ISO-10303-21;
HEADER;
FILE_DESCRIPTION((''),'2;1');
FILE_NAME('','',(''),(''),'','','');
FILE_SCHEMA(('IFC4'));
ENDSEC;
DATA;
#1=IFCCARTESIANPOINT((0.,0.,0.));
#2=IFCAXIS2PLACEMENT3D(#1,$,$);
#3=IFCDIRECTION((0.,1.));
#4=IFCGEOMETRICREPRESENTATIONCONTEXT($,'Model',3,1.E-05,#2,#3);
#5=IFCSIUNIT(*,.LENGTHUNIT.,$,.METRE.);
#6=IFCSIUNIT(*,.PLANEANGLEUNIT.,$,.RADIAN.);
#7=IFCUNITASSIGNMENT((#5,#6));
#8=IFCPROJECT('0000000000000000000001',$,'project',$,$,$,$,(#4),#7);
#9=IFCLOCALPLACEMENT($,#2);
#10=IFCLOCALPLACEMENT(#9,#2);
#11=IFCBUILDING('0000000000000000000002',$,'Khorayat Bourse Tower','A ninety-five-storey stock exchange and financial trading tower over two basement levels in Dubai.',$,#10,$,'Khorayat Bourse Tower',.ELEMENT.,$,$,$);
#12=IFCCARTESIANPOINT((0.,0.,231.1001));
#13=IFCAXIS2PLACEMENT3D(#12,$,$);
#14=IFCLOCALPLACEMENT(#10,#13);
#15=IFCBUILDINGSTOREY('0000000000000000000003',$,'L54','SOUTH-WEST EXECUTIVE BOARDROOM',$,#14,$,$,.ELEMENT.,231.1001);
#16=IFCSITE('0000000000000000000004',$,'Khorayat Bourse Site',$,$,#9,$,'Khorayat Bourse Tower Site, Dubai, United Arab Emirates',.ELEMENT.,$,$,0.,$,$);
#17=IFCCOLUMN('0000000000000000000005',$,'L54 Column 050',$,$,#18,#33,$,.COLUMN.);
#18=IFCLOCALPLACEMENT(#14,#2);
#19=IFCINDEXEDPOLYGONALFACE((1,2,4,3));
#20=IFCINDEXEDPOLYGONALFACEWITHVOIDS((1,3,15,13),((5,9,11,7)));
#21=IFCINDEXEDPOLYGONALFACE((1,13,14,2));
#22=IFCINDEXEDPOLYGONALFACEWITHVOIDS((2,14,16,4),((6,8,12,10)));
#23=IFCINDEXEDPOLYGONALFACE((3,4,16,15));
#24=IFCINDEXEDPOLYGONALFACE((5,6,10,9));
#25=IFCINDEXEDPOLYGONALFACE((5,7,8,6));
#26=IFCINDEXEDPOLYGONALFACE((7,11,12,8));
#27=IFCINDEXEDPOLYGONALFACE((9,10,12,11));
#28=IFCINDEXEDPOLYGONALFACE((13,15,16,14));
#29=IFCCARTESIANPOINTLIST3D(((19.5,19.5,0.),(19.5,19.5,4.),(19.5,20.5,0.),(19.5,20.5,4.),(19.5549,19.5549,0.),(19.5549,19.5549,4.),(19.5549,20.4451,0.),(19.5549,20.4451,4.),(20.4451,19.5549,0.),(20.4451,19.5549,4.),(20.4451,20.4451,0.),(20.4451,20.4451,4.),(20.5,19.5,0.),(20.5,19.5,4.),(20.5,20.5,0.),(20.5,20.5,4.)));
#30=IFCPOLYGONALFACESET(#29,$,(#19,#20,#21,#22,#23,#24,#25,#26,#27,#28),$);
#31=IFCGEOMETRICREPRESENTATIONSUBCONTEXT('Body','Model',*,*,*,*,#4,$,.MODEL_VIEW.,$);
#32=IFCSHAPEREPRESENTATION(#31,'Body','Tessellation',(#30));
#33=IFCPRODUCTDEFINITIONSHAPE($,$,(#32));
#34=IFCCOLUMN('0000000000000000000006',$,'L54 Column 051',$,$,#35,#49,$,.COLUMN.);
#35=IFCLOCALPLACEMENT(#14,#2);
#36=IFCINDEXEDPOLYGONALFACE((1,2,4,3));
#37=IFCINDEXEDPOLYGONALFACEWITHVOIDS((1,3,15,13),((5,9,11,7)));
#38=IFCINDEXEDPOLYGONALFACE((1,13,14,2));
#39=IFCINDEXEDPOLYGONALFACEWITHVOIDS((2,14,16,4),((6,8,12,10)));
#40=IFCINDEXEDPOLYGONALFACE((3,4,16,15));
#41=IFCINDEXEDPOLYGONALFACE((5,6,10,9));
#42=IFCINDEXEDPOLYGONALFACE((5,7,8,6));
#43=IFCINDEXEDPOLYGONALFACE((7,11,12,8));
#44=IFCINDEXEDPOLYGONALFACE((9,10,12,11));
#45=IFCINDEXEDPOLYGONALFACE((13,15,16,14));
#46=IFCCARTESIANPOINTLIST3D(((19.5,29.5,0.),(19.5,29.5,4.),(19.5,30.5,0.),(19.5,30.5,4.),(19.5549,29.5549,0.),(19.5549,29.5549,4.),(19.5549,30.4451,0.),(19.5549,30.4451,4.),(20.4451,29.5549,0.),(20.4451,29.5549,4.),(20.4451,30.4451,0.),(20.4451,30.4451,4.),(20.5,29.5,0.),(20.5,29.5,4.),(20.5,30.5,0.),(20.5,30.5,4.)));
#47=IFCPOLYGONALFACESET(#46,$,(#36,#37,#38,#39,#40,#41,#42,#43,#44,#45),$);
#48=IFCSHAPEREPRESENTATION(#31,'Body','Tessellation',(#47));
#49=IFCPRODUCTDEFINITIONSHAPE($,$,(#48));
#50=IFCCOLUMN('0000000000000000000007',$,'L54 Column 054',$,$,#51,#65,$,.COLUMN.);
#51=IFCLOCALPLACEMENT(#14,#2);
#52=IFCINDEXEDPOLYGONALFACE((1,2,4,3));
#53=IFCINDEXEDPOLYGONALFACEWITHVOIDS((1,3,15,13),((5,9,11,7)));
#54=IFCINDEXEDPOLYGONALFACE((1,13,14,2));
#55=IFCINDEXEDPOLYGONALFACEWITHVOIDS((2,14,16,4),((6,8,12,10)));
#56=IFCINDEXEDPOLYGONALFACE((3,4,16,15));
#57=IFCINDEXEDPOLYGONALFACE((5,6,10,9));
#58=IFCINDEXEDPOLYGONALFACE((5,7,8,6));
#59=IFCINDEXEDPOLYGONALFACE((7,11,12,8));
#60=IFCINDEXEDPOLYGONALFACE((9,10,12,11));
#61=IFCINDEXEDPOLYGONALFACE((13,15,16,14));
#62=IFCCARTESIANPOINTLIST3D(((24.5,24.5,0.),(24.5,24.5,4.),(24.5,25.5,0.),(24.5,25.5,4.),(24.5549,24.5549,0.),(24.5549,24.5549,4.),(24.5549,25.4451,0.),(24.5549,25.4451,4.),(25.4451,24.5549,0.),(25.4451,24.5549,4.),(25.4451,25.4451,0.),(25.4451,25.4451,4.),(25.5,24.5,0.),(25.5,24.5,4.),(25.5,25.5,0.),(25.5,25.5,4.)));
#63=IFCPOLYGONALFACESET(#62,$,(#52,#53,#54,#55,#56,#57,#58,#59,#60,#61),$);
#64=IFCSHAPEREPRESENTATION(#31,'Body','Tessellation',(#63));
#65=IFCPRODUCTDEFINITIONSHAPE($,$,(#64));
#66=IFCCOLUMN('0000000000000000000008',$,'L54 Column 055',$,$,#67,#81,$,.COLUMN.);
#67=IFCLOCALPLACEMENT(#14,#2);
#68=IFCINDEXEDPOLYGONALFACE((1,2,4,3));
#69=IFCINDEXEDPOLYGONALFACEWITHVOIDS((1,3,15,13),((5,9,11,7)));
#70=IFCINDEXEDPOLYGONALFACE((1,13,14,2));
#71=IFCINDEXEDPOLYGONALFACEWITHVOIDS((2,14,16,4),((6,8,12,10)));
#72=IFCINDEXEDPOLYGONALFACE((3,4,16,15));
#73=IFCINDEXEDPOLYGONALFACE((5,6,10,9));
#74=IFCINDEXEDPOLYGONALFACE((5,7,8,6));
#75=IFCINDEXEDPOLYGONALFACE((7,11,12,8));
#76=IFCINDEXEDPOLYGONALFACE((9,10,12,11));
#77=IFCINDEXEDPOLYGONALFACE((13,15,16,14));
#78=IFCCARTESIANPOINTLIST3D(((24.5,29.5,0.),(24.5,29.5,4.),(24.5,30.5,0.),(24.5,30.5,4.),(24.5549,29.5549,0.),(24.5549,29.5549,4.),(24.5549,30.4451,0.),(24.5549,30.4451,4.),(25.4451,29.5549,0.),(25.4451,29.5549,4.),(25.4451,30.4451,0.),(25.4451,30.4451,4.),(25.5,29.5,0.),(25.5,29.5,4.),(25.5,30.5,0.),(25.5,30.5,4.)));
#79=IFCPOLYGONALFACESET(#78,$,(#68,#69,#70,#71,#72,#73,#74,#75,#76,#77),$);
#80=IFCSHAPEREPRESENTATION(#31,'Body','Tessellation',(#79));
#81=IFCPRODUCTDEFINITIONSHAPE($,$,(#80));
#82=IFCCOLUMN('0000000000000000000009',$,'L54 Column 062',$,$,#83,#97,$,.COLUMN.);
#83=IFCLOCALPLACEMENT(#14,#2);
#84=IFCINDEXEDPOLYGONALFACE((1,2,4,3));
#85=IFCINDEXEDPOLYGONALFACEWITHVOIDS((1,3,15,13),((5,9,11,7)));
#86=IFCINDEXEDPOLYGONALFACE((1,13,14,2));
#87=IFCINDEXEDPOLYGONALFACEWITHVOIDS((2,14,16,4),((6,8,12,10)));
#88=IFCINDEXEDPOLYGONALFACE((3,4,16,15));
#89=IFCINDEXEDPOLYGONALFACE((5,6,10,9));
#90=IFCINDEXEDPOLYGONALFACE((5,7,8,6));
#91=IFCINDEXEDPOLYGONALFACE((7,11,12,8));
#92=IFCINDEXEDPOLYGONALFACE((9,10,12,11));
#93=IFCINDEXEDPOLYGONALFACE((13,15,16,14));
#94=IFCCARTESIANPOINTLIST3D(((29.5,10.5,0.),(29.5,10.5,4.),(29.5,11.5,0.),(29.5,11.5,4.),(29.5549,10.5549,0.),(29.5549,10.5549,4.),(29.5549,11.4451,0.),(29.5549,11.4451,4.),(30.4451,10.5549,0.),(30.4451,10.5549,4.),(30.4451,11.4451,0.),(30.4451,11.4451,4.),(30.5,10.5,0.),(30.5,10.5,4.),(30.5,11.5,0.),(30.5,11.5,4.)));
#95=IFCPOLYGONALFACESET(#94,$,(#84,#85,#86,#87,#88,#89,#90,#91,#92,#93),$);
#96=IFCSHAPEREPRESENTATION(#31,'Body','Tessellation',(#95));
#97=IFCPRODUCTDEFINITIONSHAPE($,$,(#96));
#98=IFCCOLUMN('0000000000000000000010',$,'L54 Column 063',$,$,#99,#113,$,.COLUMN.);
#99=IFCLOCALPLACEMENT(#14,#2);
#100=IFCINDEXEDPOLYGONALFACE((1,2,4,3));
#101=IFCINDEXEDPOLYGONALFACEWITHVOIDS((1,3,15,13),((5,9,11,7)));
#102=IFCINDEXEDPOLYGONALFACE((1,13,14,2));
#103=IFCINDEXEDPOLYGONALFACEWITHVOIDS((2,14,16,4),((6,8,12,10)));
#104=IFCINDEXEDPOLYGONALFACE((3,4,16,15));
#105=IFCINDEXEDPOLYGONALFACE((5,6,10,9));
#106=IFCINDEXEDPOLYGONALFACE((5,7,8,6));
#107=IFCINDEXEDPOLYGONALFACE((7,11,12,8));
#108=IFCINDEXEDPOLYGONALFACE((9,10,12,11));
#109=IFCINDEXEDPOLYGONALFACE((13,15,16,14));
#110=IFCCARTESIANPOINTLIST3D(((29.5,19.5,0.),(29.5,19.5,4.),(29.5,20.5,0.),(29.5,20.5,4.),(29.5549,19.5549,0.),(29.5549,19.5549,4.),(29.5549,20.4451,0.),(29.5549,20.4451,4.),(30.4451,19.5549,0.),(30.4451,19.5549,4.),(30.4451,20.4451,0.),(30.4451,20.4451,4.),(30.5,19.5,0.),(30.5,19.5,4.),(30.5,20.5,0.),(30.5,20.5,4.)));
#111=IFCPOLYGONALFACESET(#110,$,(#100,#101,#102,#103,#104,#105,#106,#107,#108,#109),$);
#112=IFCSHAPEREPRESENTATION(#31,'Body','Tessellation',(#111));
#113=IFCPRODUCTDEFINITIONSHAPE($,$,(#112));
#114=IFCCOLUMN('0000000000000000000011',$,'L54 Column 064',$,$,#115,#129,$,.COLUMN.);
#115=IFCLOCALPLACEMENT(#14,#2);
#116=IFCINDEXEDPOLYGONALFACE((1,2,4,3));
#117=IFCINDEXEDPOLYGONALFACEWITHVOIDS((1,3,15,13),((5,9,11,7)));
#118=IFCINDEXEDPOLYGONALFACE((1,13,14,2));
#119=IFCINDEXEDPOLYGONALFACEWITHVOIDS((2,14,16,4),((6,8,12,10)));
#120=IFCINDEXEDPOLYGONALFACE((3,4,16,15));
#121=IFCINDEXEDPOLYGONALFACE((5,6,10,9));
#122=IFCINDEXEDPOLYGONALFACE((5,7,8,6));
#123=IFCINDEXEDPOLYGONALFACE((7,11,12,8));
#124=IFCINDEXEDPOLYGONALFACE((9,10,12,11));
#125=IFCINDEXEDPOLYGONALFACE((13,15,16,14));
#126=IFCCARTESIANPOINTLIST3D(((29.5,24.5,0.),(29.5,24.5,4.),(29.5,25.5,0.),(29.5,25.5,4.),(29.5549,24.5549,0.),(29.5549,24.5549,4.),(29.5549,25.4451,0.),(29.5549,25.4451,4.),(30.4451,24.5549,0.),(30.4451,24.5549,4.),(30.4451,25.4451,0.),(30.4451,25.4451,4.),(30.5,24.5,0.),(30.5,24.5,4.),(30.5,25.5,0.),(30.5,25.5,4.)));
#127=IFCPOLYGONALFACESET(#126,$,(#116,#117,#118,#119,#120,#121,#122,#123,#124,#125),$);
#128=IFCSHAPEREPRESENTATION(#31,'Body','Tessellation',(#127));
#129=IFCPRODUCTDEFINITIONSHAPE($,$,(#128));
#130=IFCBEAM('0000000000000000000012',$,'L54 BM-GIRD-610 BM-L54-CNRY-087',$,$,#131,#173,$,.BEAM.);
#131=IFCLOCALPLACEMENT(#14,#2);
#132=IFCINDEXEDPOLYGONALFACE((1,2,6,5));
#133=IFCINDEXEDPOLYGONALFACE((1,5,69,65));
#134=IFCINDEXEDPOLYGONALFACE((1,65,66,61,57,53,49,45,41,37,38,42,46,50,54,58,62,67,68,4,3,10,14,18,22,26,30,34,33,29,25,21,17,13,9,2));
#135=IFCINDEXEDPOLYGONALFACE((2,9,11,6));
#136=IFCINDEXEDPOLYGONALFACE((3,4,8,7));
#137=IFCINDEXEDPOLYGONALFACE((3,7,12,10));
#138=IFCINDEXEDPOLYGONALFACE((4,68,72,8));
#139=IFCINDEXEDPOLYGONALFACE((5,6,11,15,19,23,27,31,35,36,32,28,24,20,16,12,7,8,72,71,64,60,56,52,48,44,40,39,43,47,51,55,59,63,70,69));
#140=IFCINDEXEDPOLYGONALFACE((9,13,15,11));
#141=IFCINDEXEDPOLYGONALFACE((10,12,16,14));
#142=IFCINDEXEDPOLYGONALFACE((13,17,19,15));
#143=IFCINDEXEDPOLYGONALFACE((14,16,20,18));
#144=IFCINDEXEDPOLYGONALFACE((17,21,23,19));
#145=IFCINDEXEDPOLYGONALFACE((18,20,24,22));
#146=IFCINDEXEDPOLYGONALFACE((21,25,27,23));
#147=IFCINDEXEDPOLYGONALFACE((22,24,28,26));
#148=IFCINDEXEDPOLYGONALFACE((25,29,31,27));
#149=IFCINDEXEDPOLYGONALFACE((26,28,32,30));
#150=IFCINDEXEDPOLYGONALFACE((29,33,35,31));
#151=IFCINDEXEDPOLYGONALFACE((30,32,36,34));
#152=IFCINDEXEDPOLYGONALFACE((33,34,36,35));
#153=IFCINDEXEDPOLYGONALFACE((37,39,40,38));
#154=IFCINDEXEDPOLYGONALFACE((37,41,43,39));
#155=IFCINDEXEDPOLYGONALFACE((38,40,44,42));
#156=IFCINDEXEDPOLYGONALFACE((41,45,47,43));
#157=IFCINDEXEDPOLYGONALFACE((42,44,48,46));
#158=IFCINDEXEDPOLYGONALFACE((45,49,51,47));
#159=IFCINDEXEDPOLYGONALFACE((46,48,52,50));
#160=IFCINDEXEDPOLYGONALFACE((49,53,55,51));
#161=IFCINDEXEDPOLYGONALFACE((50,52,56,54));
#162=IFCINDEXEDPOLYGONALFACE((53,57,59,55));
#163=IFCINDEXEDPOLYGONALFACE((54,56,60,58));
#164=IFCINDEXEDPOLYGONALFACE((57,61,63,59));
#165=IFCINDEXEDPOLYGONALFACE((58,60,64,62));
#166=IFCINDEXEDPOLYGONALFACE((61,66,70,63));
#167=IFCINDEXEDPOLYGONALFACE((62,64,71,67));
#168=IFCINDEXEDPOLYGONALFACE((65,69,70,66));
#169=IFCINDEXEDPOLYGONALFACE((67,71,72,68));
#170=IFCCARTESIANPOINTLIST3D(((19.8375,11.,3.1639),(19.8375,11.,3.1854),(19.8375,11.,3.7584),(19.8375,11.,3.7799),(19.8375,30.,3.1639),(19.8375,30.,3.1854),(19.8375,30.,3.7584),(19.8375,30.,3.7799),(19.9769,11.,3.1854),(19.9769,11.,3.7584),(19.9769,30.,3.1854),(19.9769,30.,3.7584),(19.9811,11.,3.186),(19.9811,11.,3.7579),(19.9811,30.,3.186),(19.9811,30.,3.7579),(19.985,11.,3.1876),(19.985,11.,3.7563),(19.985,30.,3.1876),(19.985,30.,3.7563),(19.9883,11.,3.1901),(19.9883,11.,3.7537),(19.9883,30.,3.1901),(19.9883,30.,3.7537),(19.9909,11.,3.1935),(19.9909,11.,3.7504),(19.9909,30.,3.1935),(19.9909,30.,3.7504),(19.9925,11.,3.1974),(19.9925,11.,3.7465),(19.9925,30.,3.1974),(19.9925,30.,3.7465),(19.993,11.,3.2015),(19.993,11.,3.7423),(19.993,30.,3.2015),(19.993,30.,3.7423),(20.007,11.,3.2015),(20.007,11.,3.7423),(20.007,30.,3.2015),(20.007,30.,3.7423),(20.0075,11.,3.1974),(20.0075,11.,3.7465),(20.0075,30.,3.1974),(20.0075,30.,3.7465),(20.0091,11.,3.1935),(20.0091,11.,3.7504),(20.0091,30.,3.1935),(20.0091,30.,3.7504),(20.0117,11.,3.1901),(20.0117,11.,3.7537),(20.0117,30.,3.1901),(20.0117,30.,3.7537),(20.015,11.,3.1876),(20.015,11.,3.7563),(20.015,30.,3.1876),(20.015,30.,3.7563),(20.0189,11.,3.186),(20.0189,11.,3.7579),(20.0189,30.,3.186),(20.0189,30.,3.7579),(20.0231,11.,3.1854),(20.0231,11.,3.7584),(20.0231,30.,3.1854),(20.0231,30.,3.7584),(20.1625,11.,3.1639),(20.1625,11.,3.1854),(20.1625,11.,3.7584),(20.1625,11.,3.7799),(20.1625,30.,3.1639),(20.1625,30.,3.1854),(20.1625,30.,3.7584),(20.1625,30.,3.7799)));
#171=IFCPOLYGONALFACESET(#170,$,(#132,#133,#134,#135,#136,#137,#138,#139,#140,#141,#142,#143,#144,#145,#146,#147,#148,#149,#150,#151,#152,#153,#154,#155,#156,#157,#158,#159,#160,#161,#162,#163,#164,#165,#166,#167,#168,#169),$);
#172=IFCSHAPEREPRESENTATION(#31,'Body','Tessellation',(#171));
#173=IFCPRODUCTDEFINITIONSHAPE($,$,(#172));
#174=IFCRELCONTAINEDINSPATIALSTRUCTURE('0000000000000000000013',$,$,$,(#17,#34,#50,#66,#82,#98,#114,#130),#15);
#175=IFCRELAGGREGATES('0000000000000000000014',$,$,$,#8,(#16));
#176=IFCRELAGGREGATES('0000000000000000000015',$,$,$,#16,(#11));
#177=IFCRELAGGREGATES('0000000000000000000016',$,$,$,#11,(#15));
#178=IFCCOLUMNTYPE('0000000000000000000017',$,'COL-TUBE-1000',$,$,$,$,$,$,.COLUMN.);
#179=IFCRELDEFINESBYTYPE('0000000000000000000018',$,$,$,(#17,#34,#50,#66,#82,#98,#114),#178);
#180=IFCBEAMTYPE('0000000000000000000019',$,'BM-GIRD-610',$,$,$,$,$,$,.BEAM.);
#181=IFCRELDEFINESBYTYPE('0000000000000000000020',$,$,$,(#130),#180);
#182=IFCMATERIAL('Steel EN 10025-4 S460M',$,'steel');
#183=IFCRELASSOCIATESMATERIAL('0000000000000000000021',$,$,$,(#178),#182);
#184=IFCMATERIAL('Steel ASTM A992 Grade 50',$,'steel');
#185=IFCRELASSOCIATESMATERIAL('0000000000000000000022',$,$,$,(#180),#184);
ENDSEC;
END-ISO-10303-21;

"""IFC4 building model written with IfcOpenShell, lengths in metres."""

from ifc_helpers import new_model, si_unit, direction, frame, origin, origin_2d, place, context, subcontext, project, spatial, hollow_rectangle, i_section, extrude, source, transform, mapped, material, material_profile, profile_set, type_object, element, save


model = new_model("IFC4")

# Units and contexts
model_context = context("Model", 3, precision=1e-05, world=origin(), true_north=direction((0.0, 1.0)))
body_context = subcontext(model_context, "Body", "Model", "MODEL_VIEW")
ifc_project = project(units=[si_unit("LENGTHUNIT", "METRE"), si_unit("PLANEANGLEUNIT", "RADIAN")], contexts=[model_context])

# Site, building, storey
site_placement = place(None, origin())
site = spatial("IfcSite", under=ifc_project, at=site_placement, Name="Khorayat Bourse Site", LongName="Khorayat Bourse Tower Site, Dubai, United Arab Emirates", CompositionType="ELEMENT", RefElevation=0.0)
building_placement = place(site_placement, origin())
building = spatial("IfcBuilding", under=site, at=building_placement, Name="Khorayat Bourse Tower", Description="A ninety-five-storey stock exchange and financial trading tower over two basement levels in Dubai.", LongName="Khorayat Bourse Tower", CompositionType="ELEMENT")
storey_placement = place(building_placement, frame((0.0, 0.0, 231.1001)))
storey = spatial("IfcBuildingStorey", under=building, at=storey_placement, Name="L54", Description="SOUTH-WEST EXECUTIVE BOARDROOM", CompositionType="ELEMENT", Elevation=231.1001)

# Columns
ifc_material_1 = material(Name="Steel EN 10025-4 S460M", Category="steel")
ifc_material_profile_1 = material_profile(ifc_material_1, hollow_rectangle(XDim=1.0, YDim=1.0, WallThickness=0.0549, at=origin_2d()), Name="BOX 1000x1000x55")
ifc_profile_set_1 = profile_set([ifc_material_profile_1], Name="Steel EN 10025-4 S460M")
column_type = type_object("IfcColumnType", Name="COL-TUBE-1000", PredefinedType="COLUMN", material=ifc_profile_set_1)
shared_shape_1 = source(origin(), body_context, "Body", "SweptSolid", [
    extrude(hollow_rectangle(XDim=1.0, YDim=1.0, WallThickness=0.0549, at=origin_2d()), origin(), (0.0, 0.0, 1.0), 4.0),
])
for number, where, z_axis, x_axis, name in (
    (1, (20.0, 20.0, 0.0), (0.0, 0.0, 1.0), (1.0, 0.0, 0.0), "L54 Column 050"),
    (2, (20.0, 30.0, 0.0), (0.0, 0.0, 1.0), (1.0, 0.0, 0.0), "L54 Column 051"),
    (3, (25.0, 25.0, 0.0), (0.0, 0.0, 1.0), (1.0, 0.0, 0.0), "L54 Column 054"),
    (4, (25.0, 30.0, 0.0), (0.0, 0.0, 1.0), (1.0, 0.0, 0.0), "L54 Column 055"),
    (5, (30.0, 11.0, 0.0), (0.0, 0.0, 1.0), (1.0, 0.0, 0.0), "L54 Column 062"),
    (6, (30.0, 20.0, 0.0), (0.0, 0.0, 1.0), (1.0, 0.0, 0.0), "L54 Column 063"),
    (7, (30.0, 25.0, 0.0), (0.0, 0.0, 1.0), (1.0, 0.0, 0.0), "L54 Column 064"),
):
    element("IfcColumn", number, at=place(storey_placement, frame(where, z_axis=z_axis, x_axis=x_axis)), inside=storey, type_object=column_type, Name=name, PredefinedType="COLUMN", context=body_context, shape_type="MappedRepresentation", body=[
        mapped(shared_shape_1, transform((0.0, 0.0, 0.0), scale=1.0)),
    ])

# Beam
ifc_material_2 = material(Name="Steel ASTM A992 Grade 50", Category="steel")
ifc_material_profile_2 = material_profile(ifc_material_2, i_section(OverallWidth=0.325, OverallDepth=0.616, WebThickness=0.0139, FlangeThickness=0.0215, FilletRadius=0.0161, at=origin_2d()), Name="W610X174")
ifc_profile_set_2 = profile_set([ifc_material_profile_2], Name="Steel ASTM A992 Grade 50")
beam_type_1 = type_object("IfcBeamType", Name="BM-GIRD-610", PredefinedType="BEAM", material=ifc_profile_set_2)
shared_shape_2 = source(origin(), body_context, "Body", "SweptSolid", [
    extrude(i_section(OverallWidth=0.325, OverallDepth=0.616, WebThickness=0.0139, FlangeThickness=0.0215, FilletRadius=0.0161, at=origin_2d()), origin(), (0.0, 0.0, 1.0), 19.0),
])
beam_1_placement = place(storey_placement, frame((20.0, 11.0, 3.4719), z_axis=(0.0, 1.0, 0.0), x_axis=(-1.0, 0.0, 0.0)))
element("IfcBeam", 8, at=beam_1_placement, inside=storey, type_object=beam_type_1, Name="L54 BM-GIRD-610 BM-L54-CNRY-087", PredefinedType="BEAM", context=body_context, shape_type="MappedRepresentation", body=[
    mapped(shared_shape_2, transform((0.0, 0.0, 0.0), scale=1.0)),
])

save(model, "model.ifc")
